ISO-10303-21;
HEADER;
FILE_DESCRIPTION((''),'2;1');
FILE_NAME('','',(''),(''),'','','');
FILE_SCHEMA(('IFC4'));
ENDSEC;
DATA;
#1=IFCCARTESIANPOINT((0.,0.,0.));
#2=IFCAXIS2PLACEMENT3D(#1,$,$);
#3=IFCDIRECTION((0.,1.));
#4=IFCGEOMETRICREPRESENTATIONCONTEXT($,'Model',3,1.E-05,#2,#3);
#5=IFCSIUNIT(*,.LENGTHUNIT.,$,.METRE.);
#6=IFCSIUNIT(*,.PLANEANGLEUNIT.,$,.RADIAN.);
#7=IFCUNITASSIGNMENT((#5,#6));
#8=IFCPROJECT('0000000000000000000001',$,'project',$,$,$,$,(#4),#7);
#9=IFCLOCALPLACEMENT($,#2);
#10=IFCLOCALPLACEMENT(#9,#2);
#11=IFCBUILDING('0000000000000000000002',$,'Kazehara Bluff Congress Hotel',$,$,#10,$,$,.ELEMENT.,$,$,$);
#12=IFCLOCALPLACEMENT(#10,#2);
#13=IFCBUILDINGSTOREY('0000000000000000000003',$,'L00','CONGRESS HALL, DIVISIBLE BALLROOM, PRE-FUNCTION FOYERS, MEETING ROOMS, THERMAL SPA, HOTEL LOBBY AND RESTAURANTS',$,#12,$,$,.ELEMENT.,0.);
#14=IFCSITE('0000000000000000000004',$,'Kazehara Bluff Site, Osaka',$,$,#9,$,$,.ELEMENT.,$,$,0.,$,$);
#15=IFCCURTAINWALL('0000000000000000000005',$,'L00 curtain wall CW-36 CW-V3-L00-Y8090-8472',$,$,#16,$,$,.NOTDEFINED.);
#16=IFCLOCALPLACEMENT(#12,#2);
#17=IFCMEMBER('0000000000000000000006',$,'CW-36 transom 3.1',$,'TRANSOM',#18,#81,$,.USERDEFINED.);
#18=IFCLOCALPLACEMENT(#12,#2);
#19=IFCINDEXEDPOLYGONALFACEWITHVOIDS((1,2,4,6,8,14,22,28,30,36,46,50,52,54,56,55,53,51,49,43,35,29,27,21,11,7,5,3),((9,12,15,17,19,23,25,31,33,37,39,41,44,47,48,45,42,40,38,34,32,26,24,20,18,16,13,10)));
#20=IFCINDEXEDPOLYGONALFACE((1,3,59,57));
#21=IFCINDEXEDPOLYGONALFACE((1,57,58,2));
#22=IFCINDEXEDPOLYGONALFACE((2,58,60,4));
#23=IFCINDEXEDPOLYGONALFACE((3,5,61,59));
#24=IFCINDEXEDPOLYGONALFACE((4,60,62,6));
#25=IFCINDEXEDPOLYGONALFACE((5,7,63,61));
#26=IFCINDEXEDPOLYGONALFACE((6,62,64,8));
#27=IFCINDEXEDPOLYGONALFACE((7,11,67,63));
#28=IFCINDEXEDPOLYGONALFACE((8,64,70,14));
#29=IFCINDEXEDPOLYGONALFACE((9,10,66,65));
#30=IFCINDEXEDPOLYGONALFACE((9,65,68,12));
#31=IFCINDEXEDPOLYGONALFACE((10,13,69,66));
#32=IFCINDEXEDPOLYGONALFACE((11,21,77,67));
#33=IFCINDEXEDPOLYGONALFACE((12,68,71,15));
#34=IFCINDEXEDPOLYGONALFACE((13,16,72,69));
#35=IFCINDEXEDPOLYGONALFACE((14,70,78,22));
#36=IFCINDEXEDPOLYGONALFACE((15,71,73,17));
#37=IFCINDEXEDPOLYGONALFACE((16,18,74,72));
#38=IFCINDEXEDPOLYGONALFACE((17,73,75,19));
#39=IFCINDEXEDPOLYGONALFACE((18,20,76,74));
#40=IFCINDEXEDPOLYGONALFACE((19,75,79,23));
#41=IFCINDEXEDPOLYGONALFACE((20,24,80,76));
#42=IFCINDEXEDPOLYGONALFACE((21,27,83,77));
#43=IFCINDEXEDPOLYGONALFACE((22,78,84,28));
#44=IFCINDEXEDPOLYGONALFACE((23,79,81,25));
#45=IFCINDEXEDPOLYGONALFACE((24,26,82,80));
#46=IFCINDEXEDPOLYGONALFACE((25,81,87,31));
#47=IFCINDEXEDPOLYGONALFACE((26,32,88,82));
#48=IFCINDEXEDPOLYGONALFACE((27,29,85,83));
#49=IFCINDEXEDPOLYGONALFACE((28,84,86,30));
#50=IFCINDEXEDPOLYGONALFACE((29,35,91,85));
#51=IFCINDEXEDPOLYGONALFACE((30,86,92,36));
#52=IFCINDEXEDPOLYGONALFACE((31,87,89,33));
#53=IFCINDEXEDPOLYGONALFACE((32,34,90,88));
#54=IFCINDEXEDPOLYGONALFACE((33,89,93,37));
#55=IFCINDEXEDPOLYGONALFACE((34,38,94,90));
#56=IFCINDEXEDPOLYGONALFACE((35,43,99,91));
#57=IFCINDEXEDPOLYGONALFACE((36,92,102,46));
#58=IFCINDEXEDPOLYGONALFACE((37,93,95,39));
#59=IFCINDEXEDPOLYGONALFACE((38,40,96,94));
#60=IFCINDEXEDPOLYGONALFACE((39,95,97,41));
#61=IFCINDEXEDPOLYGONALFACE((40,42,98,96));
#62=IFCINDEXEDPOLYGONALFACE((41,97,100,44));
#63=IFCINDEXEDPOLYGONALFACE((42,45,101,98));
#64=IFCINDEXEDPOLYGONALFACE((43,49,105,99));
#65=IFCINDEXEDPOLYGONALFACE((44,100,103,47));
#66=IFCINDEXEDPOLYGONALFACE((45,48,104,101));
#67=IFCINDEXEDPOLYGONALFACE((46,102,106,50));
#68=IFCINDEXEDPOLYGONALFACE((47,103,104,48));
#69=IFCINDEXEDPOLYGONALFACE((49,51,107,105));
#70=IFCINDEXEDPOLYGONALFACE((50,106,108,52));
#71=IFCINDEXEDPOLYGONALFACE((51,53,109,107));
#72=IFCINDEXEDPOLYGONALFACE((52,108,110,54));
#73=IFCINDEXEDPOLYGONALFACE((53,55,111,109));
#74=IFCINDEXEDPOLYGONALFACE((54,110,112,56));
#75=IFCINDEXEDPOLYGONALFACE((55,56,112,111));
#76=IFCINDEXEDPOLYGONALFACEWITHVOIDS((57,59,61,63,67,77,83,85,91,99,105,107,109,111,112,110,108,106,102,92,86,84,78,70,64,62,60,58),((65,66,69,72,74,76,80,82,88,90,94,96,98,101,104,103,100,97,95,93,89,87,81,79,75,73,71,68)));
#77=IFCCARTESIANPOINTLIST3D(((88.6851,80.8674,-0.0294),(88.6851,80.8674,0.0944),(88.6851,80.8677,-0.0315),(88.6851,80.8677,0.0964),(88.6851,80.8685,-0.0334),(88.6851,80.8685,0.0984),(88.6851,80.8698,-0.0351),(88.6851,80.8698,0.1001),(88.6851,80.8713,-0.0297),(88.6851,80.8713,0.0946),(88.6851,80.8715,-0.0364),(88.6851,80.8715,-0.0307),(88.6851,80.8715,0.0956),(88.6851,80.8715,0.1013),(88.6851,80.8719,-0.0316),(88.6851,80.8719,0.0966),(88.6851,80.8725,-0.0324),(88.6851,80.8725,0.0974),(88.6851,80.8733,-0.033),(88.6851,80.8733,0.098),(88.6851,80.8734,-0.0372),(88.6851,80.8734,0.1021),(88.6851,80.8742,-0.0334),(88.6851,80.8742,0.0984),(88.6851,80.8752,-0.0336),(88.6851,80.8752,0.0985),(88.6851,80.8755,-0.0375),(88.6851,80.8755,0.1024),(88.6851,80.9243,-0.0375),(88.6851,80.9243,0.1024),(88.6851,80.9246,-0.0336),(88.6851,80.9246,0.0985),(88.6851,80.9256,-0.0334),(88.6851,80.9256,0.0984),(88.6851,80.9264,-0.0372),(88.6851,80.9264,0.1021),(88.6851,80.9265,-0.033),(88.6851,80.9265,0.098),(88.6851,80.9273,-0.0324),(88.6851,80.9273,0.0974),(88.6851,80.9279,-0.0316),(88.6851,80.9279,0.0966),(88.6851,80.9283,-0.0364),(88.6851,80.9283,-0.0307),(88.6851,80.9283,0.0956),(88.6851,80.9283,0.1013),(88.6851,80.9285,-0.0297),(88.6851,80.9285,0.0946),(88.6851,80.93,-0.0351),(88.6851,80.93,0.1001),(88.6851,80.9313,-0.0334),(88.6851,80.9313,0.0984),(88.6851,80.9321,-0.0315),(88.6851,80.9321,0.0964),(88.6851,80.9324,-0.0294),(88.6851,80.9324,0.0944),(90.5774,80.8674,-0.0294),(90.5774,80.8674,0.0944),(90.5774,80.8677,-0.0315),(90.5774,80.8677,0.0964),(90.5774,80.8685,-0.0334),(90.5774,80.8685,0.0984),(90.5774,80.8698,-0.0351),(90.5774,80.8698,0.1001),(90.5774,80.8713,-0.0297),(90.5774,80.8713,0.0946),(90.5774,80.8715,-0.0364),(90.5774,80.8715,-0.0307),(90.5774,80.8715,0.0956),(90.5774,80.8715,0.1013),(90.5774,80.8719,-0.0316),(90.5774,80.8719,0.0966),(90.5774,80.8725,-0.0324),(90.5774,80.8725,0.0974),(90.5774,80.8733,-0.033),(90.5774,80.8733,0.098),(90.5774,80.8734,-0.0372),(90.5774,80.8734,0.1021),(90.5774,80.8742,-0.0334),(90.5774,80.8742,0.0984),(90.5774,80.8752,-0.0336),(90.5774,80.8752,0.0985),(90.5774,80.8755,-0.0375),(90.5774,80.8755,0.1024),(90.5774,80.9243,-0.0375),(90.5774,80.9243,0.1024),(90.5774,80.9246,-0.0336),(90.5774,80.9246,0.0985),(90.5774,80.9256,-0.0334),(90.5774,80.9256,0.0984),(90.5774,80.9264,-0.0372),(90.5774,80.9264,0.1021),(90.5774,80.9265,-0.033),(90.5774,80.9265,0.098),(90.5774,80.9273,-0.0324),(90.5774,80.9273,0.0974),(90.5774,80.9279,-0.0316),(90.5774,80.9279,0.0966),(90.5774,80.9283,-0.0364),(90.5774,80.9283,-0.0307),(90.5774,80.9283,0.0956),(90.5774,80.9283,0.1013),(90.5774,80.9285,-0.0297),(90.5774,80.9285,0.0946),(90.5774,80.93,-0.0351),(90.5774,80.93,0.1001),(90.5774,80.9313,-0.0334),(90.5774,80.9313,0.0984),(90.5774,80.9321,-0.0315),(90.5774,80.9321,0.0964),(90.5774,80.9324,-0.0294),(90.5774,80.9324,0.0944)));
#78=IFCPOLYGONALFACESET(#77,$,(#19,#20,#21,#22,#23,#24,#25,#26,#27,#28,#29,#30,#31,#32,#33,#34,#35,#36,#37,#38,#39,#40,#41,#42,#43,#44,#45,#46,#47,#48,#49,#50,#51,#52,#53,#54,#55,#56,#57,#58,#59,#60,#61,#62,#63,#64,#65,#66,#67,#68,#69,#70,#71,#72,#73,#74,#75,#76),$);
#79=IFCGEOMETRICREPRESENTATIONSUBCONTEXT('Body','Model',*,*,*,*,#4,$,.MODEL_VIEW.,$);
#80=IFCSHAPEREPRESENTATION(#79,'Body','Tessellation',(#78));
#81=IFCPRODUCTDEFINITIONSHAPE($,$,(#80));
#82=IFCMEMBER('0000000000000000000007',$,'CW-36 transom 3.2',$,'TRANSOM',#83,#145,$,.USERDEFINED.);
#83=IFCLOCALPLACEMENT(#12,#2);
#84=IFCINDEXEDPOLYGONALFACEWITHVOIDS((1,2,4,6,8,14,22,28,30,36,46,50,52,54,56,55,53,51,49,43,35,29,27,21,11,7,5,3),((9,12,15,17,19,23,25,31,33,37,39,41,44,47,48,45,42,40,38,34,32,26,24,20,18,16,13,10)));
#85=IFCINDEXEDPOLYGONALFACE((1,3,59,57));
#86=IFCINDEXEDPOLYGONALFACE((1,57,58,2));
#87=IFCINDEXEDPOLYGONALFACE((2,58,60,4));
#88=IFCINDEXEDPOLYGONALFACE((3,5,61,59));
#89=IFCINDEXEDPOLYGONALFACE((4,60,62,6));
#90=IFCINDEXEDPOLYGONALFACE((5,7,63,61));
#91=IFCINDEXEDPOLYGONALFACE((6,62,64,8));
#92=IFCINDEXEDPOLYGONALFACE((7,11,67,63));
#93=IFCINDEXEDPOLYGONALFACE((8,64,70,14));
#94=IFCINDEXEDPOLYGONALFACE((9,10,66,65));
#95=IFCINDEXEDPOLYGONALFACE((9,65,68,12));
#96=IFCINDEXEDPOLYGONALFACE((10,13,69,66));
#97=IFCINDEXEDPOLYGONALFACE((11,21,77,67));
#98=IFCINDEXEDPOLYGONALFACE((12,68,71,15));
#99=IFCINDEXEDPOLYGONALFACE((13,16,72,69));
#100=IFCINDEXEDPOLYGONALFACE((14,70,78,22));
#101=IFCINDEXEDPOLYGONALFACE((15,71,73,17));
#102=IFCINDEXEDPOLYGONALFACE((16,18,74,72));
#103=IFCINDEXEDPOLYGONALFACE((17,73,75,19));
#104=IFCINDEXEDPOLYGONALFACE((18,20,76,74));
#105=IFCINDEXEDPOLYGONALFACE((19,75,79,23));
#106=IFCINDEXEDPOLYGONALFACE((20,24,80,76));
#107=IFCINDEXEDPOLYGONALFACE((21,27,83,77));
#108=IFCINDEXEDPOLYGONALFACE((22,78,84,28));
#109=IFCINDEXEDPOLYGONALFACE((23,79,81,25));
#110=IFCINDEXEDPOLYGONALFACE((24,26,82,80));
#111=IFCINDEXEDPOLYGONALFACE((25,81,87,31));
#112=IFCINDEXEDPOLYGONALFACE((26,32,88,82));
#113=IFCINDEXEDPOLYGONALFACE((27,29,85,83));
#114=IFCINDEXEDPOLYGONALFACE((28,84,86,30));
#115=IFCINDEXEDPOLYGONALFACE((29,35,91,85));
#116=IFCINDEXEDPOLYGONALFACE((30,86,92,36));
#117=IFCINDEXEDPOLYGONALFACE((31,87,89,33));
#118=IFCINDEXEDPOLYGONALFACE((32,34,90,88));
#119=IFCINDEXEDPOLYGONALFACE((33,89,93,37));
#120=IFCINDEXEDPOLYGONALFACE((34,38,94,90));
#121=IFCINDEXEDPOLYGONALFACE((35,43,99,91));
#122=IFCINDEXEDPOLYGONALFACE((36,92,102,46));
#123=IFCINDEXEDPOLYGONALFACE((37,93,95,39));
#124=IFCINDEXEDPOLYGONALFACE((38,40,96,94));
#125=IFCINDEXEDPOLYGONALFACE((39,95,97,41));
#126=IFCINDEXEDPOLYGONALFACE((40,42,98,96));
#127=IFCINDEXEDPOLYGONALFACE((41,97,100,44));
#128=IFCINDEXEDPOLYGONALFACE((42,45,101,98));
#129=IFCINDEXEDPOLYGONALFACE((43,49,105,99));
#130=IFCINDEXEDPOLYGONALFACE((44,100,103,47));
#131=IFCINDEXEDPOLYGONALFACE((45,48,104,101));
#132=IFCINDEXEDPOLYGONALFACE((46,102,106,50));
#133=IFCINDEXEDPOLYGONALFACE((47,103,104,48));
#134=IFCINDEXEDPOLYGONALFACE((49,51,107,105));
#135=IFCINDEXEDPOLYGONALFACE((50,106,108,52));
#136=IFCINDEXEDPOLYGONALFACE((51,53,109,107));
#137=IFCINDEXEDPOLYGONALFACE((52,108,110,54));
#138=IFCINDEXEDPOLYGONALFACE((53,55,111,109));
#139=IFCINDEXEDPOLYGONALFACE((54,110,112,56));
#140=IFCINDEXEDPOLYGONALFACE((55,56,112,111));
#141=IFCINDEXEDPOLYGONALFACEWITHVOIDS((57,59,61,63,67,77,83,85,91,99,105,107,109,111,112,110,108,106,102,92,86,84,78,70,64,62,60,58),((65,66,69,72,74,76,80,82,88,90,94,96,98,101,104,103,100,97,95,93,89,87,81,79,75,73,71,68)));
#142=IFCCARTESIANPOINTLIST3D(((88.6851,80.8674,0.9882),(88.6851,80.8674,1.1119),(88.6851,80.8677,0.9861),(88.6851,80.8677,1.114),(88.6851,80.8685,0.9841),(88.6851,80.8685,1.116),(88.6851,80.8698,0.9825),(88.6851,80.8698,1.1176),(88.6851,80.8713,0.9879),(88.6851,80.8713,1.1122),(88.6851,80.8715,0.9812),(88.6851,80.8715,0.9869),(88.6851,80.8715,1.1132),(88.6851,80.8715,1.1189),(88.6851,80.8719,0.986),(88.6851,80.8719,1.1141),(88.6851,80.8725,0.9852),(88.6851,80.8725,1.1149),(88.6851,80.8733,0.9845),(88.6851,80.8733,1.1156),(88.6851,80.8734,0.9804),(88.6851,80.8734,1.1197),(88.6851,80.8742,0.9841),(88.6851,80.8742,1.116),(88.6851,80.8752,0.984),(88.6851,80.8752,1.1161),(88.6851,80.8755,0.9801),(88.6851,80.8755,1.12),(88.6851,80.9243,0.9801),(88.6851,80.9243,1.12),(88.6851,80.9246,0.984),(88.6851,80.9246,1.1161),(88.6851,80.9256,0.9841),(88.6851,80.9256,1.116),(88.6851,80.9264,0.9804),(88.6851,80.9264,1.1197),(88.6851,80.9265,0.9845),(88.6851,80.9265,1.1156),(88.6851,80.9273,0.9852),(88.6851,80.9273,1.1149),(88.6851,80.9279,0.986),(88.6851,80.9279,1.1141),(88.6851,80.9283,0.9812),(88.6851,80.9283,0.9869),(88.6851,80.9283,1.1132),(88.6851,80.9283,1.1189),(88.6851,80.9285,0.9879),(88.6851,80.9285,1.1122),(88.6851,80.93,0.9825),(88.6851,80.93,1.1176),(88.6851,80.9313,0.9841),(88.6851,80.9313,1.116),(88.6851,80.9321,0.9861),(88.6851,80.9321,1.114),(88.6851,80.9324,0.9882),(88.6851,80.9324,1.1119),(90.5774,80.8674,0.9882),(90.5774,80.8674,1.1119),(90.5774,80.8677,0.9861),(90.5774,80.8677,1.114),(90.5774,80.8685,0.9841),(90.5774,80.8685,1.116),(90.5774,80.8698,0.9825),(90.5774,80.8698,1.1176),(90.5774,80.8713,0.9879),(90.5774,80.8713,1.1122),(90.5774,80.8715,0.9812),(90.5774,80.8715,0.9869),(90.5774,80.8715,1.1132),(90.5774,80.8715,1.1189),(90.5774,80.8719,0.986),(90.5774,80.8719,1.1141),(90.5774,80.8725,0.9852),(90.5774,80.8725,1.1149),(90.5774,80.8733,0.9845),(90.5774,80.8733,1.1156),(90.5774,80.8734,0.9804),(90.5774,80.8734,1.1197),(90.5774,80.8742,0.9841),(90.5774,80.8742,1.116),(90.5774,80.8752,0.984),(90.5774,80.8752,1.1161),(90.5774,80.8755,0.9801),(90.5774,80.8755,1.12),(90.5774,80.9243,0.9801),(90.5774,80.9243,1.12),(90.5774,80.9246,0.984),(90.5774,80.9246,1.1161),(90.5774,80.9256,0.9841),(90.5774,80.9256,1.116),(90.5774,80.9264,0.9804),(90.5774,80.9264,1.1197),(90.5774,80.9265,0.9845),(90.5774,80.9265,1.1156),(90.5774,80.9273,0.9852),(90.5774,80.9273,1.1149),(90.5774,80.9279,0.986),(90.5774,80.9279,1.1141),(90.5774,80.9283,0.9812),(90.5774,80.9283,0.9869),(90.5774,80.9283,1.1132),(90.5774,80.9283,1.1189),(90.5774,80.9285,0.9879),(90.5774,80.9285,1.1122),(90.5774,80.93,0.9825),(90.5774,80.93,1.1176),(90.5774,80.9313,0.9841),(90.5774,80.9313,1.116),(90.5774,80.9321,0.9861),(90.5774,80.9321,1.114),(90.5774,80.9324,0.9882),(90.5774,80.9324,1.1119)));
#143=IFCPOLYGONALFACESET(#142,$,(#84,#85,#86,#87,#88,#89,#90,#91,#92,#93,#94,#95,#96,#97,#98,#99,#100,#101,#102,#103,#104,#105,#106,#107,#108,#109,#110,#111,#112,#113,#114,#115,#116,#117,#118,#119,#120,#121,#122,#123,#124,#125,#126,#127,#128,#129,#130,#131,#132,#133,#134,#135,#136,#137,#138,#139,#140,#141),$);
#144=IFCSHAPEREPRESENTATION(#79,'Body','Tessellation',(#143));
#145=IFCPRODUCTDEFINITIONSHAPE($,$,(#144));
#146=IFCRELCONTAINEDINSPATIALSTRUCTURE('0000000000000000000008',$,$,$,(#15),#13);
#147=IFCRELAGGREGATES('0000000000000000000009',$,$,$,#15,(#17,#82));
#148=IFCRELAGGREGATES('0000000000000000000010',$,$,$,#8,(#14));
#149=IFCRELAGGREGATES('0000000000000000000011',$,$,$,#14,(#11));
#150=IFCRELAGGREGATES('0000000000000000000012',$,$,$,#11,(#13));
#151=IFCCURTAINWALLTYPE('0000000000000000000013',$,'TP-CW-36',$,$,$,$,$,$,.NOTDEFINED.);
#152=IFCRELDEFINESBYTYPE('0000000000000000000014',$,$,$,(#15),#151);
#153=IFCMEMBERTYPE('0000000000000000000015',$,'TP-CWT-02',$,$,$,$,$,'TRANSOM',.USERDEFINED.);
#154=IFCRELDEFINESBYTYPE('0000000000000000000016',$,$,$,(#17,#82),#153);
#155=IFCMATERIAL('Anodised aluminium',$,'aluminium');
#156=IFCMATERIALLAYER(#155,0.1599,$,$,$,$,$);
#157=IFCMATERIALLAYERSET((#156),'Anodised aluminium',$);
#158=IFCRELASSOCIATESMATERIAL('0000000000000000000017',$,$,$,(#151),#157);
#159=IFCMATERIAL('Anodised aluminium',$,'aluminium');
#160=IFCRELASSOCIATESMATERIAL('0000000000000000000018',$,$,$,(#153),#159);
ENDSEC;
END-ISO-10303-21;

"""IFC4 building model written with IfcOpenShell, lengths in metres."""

from ifc_helpers import new_model, si_unit, direction, frame, origin, origin_2d, place, context, subcontext, project, spatial, hollow_rectangle, extrude, material, layer, layer_set, material_profile, profile_set, type_object, element, aggregate, save


model = new_model("IFC4")

# Units and contexts
model_context = context("Model", 3, precision=1e-05, world=origin(), true_north=direction((0.0, 1.0)))
body_context = subcontext(model_context, "Body", "Model", "MODEL_VIEW")
ifc_project = project(units=[si_unit("LENGTHUNIT", "METRE"), si_unit("PLANEANGLEUNIT", "RADIAN")], contexts=[model_context])

# Site, building, storey
site_placement = place(None, origin())
site = spatial("IfcSite", under=ifc_project, at=site_placement, Name="Kazehara Bluff Site, Osaka", CompositionType="ELEMENT", RefElevation=0.0)
building_placement = place(site_placement, origin())
building = spatial("IfcBuilding", under=site, at=building_placement, Name="Kazehara Bluff Congress Hotel", CompositionType="ELEMENT")
storey_placement = place(building_placement, origin())
storey = spatial("IfcBuildingStorey", under=building, at=storey_placement, Name="L00", Description="CONGRESS HALL, DIVISIBLE BALLROOM, PRE-FUNCTION FOYERS, MEETING ROOMS, THERMAL SPA, HOTEL LOBBY AND RESTAURANTS", CompositionType="ELEMENT", Elevation=0.0)

# Shared definitions
ifc_material_1 = material(Name="Anodised aluminium", Category="aluminium")
ifc_layer_1 = layer(ifc_material_1, 0.1599)
ifc_layer_set_1 = layer_set([ifc_layer_1], Name="Anodised aluminium")
curtain_wall_type = type_object("IfcCurtainWallType", Name="TP-CW-36", PredefinedType="NOTDEFINED", material=ifc_layer_set_1)

# Curtain wall
curtain_wall_1_placement = place(storey_placement, origin())
curtain_wall_1 = element("IfcCurtainWall", 1, at=curtain_wall_1_placement, inside=storey, type_object=curtain_wall_type, Name="L00 curtain wall CW-36 CW-V3-L00-Y8090-8472", PredefinedType="NOTDEFINED")

# Members
ifc_material_2 = material(Name="Anodised aluminium", Category="aluminium")
ifc_material_profile_1 = material_profile(ifc_material_2, hollow_rectangle(XDim=0.0649, YDim=0.1399, WallThickness=0.0039, InnerFilletRadius=0.0039, OuterFilletRadius=0.0081, at=origin_2d()))
ifc_profile_set_1 = profile_set([ifc_material_profile_1], Name="Anodised aluminium")
member_type_1 = type_object("IfcMemberType", Name="TP-CWT-02", ElementType="TRANSOM", PredefinedType="USERDEFINED", material=ifc_profile_set_1)
member_1_placement = place(storey_placement, frame((88.6851, 80.8999, 0.0325), z_axis=(1.0, 0.0, 0.0), x_axis=(0.0, 1.0, 0.0)))
member_1 = element("IfcMember", 2, at=member_1_placement, type_object=member_type_1, Name="CW-36 transom 3.1", ObjectType="TRANSOM", PredefinedType="USERDEFINED", context=body_context, shape_type="SweptSolid", body=[
    extrude(hollow_rectangle(XDim=0.0649, YDim=0.1399, WallThickness=0.0039, InnerFilletRadius=0.0039, OuterFilletRadius=0.0081, at=origin_2d()), origin(), (0.0, 0.0, 1.0), 1.8923),
])
member_2_placement = place(storey_placement, frame((88.6851, 80.8999, 1.05), z_axis=(1.0, 0.0, 0.0), x_axis=(0.0, 1.0, 0.0)))
member_2 = element("IfcMember", 3, at=member_2_placement, type_object=member_type_1, Name="CW-36 transom 3.2", ObjectType="TRANSOM", PredefinedType="USERDEFINED", context=body_context, shape_type="SweptSolid", body=[
    extrude(hollow_rectangle(XDim=0.0649, YDim=0.1399, WallThickness=0.0039, InnerFilletRadius=0.0039, OuterFilletRadius=0.0081, at=origin_2d()), origin(), (0.0, 0.0, 1.0), 1.8923),
])

aggregate(curtain_wall_1, [member_1, member_2])

save(model, "model.ifc")
